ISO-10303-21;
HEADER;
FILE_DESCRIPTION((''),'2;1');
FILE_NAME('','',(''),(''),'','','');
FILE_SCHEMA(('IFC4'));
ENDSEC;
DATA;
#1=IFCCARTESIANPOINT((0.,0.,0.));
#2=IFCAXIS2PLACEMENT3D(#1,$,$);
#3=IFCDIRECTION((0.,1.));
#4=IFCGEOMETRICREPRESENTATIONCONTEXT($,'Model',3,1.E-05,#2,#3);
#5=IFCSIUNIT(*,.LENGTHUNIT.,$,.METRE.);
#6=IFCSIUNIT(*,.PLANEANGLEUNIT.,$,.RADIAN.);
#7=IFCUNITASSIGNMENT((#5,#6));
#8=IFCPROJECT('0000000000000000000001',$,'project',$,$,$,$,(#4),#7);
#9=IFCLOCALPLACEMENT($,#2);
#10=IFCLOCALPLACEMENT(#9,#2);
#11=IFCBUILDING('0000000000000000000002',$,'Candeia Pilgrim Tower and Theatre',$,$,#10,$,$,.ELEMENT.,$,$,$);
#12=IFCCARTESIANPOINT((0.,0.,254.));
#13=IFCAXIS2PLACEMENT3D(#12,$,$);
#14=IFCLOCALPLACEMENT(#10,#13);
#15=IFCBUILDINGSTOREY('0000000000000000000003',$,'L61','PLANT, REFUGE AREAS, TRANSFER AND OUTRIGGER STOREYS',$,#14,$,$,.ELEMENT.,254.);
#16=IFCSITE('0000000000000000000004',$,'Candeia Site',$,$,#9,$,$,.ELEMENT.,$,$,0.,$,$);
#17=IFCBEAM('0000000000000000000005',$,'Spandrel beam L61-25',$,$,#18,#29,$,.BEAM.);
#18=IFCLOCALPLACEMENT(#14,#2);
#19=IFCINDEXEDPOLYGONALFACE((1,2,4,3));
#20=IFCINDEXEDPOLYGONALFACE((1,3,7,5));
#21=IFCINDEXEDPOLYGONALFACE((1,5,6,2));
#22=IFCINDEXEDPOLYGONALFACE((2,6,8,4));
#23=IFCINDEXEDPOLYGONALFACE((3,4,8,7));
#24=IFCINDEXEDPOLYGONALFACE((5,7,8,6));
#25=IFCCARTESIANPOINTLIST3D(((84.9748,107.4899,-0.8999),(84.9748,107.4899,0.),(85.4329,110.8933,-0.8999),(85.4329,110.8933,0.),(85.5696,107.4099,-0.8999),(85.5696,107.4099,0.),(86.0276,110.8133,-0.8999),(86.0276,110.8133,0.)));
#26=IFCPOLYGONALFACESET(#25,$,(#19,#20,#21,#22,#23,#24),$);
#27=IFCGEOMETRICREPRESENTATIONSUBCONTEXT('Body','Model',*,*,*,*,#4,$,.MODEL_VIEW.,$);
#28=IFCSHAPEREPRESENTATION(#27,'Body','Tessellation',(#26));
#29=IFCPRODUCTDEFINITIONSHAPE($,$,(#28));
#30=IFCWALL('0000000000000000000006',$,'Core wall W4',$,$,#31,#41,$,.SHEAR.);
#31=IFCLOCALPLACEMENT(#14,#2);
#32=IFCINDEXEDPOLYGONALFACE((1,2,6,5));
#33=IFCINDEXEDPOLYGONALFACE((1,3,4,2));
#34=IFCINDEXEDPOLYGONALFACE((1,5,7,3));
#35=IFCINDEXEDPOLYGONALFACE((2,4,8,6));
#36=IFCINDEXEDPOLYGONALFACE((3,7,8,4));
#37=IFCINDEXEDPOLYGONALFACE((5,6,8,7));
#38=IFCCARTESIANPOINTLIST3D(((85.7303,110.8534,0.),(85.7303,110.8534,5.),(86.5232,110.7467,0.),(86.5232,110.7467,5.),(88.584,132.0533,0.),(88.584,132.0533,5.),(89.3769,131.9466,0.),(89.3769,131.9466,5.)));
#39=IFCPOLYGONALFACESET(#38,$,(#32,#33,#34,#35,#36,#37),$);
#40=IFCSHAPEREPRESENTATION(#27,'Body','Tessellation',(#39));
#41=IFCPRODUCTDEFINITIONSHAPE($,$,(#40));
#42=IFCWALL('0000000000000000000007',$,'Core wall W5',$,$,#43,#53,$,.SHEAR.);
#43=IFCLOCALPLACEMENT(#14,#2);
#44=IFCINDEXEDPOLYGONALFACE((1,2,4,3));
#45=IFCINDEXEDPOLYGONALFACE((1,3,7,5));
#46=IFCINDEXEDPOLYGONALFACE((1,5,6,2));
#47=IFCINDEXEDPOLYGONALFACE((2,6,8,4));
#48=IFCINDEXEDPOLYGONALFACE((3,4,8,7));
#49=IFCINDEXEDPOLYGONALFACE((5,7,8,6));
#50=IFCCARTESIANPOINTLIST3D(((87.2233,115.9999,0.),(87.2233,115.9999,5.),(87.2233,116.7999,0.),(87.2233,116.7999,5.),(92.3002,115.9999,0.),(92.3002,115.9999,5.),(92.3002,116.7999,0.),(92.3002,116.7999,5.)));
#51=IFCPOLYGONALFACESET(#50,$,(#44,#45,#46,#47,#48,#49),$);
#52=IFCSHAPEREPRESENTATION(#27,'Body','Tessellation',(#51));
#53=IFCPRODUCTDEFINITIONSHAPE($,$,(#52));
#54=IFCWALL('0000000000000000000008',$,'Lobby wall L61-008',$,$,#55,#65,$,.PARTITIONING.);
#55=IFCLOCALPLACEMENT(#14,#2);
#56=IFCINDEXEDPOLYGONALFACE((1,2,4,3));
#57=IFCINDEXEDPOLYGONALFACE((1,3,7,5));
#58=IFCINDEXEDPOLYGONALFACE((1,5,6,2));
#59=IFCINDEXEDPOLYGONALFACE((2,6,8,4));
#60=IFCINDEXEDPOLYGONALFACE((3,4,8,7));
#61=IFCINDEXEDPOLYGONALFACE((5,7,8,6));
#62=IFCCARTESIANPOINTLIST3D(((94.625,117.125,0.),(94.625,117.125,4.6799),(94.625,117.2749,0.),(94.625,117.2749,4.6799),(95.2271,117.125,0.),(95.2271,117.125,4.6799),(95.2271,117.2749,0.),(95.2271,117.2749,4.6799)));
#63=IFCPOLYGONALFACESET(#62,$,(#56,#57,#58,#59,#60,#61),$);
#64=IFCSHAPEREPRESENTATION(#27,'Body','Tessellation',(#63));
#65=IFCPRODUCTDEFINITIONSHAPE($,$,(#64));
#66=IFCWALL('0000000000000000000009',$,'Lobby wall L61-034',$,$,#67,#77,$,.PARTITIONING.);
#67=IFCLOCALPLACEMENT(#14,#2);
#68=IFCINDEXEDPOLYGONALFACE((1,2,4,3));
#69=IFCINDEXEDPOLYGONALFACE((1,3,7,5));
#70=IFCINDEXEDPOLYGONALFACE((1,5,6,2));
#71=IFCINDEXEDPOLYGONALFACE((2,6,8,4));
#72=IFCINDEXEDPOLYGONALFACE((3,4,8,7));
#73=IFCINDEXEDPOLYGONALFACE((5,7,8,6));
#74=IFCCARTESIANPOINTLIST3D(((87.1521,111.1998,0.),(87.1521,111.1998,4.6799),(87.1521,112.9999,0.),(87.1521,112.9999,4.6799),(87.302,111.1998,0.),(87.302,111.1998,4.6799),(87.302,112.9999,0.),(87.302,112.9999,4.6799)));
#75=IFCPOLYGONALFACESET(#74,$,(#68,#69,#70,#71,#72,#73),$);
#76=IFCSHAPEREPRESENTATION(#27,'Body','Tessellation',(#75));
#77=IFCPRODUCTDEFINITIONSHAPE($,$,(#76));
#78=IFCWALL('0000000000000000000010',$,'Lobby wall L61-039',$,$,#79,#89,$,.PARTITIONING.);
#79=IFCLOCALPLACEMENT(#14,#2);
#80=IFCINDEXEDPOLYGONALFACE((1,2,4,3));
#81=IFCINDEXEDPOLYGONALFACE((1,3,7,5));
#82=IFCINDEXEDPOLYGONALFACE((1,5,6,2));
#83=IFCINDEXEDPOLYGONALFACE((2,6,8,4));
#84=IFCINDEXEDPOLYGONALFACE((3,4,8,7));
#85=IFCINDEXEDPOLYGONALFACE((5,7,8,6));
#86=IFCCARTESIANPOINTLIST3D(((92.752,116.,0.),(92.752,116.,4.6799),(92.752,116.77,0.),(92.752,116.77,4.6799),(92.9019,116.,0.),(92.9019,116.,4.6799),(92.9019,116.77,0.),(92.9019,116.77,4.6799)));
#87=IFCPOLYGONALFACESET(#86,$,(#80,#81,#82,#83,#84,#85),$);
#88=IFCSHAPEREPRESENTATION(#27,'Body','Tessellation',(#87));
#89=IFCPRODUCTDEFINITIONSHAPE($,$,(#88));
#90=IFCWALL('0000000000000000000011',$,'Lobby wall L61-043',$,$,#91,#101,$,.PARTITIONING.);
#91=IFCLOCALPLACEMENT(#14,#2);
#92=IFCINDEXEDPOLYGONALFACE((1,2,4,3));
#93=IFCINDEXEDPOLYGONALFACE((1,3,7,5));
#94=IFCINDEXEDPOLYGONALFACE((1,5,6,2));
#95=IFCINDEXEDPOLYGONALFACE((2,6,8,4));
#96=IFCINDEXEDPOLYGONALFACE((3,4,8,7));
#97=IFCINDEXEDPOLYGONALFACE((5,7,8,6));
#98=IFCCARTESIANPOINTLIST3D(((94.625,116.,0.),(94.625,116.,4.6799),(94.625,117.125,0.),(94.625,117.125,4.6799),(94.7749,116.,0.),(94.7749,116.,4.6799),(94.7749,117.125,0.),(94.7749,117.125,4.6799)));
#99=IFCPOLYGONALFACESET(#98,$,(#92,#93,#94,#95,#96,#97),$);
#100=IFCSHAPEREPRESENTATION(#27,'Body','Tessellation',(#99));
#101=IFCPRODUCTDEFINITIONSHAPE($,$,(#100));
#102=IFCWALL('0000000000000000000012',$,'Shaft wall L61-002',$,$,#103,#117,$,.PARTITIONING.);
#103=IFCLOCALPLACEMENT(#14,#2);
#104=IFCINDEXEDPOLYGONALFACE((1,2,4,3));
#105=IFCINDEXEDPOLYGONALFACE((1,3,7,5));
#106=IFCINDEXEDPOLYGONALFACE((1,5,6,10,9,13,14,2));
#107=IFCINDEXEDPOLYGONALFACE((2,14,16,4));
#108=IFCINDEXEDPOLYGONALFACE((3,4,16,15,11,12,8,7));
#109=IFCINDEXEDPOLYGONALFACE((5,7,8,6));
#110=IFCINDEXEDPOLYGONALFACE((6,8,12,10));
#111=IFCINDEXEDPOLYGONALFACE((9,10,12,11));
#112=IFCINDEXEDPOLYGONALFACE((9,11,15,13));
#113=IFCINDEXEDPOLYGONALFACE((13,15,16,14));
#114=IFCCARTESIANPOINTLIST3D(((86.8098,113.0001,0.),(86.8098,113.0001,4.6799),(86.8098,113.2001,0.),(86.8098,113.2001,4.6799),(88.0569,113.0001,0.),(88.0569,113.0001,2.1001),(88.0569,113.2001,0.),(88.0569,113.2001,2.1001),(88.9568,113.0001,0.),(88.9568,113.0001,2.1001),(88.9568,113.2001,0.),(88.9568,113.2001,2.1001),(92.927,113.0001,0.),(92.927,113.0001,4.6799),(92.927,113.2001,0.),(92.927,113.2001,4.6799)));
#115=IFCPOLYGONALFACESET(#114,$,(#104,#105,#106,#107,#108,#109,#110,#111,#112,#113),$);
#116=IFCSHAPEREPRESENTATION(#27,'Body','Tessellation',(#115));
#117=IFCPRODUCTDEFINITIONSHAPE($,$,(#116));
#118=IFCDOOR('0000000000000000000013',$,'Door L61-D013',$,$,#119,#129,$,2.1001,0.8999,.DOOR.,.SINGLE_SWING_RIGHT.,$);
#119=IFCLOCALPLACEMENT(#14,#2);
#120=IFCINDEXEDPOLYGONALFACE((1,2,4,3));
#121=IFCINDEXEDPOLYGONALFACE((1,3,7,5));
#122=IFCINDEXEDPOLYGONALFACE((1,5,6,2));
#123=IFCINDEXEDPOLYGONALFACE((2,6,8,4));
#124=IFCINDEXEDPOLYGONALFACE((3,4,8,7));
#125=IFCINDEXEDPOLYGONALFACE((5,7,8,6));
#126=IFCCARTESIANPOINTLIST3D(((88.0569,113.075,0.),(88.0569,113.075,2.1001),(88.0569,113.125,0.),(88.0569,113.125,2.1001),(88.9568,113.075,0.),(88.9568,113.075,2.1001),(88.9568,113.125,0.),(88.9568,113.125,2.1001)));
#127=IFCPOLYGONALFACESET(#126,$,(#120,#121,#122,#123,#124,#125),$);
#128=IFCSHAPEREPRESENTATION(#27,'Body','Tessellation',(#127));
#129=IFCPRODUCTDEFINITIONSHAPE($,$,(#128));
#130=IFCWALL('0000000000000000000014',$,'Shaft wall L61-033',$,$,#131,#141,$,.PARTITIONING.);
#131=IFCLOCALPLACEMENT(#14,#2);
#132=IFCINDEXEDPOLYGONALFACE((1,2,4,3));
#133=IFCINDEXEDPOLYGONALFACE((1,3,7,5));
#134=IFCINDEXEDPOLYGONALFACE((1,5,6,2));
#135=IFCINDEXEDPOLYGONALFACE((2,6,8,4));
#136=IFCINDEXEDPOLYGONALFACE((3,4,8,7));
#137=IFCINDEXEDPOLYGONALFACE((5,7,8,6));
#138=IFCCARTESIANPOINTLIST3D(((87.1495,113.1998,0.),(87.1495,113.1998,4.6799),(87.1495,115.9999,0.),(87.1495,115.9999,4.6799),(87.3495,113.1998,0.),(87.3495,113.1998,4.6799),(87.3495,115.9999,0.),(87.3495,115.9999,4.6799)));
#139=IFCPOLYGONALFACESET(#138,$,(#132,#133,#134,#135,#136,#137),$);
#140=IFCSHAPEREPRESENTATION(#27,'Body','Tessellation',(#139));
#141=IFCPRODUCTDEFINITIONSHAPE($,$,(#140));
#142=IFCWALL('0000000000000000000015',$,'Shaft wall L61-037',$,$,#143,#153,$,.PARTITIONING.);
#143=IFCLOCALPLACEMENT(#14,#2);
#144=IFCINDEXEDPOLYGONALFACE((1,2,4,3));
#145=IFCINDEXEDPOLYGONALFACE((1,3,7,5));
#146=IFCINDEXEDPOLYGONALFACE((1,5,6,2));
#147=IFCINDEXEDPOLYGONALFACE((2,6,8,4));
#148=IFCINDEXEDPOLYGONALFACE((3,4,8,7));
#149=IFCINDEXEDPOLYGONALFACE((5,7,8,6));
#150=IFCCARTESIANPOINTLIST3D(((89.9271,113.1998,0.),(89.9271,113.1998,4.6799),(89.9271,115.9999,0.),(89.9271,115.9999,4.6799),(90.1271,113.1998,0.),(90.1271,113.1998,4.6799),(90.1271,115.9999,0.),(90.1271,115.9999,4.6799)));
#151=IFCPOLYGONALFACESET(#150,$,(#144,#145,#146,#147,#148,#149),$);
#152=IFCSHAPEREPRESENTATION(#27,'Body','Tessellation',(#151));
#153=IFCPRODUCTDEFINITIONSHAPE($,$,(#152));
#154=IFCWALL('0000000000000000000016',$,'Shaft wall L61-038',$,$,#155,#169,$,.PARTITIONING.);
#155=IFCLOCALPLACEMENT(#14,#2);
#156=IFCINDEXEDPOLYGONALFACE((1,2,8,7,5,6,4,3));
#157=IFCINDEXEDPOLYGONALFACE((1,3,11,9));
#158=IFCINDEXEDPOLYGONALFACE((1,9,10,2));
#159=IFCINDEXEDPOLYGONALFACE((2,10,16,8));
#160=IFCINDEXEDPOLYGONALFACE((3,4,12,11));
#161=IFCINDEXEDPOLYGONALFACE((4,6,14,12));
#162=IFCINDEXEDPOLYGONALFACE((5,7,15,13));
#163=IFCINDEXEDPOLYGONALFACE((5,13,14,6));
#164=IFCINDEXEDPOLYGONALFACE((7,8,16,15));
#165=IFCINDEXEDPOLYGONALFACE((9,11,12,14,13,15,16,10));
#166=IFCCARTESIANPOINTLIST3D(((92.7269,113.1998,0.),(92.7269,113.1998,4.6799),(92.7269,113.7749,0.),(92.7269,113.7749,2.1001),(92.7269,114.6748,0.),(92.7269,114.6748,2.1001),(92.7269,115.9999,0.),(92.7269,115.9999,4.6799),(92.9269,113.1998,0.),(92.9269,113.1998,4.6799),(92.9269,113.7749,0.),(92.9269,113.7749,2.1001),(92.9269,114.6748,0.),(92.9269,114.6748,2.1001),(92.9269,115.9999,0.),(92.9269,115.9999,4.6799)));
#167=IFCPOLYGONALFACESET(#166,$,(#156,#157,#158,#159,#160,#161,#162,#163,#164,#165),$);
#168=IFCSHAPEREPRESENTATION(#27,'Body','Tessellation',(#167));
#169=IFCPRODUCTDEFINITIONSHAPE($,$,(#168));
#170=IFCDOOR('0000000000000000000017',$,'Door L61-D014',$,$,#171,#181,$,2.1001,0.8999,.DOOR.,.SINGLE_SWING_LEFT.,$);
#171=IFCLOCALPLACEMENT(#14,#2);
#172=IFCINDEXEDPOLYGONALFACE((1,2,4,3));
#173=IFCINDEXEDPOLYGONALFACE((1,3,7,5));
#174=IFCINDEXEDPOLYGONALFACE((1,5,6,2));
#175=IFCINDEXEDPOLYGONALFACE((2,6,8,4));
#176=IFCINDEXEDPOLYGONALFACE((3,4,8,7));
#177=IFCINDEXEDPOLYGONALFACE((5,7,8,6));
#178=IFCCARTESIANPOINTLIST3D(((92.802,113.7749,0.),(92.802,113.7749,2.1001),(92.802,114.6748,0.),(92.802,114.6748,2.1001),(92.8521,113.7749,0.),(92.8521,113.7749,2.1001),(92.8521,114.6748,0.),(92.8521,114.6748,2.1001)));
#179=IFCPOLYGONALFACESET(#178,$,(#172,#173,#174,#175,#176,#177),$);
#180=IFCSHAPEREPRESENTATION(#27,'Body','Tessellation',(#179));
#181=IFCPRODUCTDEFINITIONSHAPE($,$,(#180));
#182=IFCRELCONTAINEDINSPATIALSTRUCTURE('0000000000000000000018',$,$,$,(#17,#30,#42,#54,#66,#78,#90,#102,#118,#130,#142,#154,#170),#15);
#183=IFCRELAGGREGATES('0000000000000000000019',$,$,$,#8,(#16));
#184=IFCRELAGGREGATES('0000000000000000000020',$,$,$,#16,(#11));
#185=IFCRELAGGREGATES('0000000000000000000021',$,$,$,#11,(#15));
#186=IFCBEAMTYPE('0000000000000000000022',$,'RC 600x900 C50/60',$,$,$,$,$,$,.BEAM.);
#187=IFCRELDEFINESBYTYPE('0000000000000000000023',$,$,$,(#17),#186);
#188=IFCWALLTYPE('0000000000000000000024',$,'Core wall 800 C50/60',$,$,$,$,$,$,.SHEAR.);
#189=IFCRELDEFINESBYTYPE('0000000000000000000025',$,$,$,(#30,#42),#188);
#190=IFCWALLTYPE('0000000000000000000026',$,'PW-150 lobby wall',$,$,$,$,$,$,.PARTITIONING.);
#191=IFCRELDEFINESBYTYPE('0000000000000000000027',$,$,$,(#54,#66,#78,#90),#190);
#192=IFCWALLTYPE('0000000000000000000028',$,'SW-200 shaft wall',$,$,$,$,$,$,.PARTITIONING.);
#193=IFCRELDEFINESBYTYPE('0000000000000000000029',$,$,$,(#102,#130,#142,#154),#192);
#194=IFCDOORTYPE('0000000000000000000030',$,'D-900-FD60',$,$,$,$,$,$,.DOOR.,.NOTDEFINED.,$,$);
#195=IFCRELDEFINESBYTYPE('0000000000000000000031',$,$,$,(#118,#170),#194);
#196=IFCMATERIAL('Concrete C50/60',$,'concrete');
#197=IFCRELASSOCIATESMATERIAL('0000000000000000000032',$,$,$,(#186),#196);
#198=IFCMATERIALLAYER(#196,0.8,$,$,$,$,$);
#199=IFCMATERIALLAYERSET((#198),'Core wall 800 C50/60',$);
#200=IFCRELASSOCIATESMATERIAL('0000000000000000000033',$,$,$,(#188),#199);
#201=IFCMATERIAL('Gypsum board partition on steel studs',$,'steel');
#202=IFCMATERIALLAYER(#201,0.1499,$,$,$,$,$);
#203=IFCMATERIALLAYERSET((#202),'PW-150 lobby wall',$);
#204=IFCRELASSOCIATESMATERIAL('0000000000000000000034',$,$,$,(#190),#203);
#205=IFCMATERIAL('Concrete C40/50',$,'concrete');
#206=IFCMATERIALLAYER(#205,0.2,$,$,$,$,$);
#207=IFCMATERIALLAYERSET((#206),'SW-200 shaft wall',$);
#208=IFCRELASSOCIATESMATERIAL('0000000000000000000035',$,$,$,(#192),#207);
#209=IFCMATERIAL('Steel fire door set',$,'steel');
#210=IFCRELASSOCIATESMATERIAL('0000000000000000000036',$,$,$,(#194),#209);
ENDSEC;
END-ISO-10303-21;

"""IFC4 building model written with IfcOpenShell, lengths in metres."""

from ifc_helpers import new_model, si_unit, direction, frame, frame_2d, origin, origin_2d, place, context, subcontext, project, spatial, rectangle, extrude, material, layer, layer_set, material_profile, profile_set, type_object, element, fill, save


model = new_model("IFC4")

# Units and contexts
model_context = context("Model", 3, precision=1e-05, world=origin(), true_north=direction((0.0, 1.0)))
body_context = subcontext(model_context, "Body", "Model", "MODEL_VIEW")
ifc_project = project(units=[si_unit("LENGTHUNIT", "METRE"), si_unit("PLANEANGLEUNIT", "RADIAN")], contexts=[model_context])

# Site, building, storey
site_placement = place(None, origin())
site = spatial("IfcSite", under=ifc_project, at=site_placement, Name="Candeia Site", CompositionType="ELEMENT", RefElevation=0.0)
building_placement = place(site_placement, origin())
building = spatial("IfcBuilding", under=site, at=building_placement, Name="Candeia Pilgrim Tower and Theatre", CompositionType="ELEMENT")
storey_placement = place(building_placement, frame((0.0, 0.0, 254.0)))
storey = spatial("IfcBuildingStorey", under=building, at=storey_placement, Name="L61", Description="PLANT, REFUGE AREAS, TRANSFER AND OUTRIGGER STOREYS", CompositionType="ELEMENT", Elevation=254.0)

# Beam
ifc_material_1 = material(Name="Concrete C50/60", Category="concrete")
ifc_material_profile = material_profile(ifc_material_1, rectangle(XDim=0.6001, YDim=0.8999, at=origin_2d()))
ifc_profile_set = profile_set([ifc_material_profile], Name="Concrete C50/60")
beam_type = type_object("IfcBeamType", Name="RC 600x900 C50/60", PredefinedType="BEAM", material=ifc_profile_set)
beam_placement = place(storey_placement, frame((85.7302, 110.8533, -0.45), z_axis=(-0.133374, -0.991066, 0.0), x_axis=(0.991066, -0.133374, 0.0)))
element("IfcBeam", 1, at=beam_placement, inside=storey, type_object=beam_type, Name="Spandrel beam L61-25", PredefinedType="BEAM", context=body_context, shape_type="SweptSolid", body=[
    extrude(rectangle(XDim=0.6001, YDim=0.8999, at=origin_2d()), origin(), (0.0, 0.0, 1.0), 3.4341),
])

# Walls
ifc_layer_1 = layer(ifc_material_1, 0.8)
ifc_layer_set_1 = layer_set([ifc_layer_1], Name="Core wall 800 C50/60")
wall_type_1 = type_object("IfcWallType", Name="Core wall 800 C50/60", PredefinedType="SHEAR", material=ifc_layer_set_1)
wall_1_placement = place(storey_placement, frame((86.1267, 110.8, 0.0), z_axis=(0.0, 0.0, 1.0), x_axis=(0.133408, 0.991061, 0.0)))
element("IfcWall", 2, at=wall_1_placement, inside=storey, type_object=wall_type_1, Name="Core wall W4", PredefinedType="SHEAR", context=body_context, shape_type="SweptSolid", body=[
    extrude(rectangle(XDim=21.3911, YDim=0.8, at=frame_2d((10.6956, 0.0))), origin(), (0.0, 0.0, 1.0), 5.0),
])
wall_2_placement = place(storey_placement, frame((87.2231, 116.3999, 0.0), z_axis=(0.0, 0.0, 1.0), x_axis=(1.0, 0.0, 0.0)))
element("IfcWall", 3, at=wall_2_placement, inside=storey, type_object=wall_type_1, Name="Core wall W5", PredefinedType="SHEAR", context=body_context, shape_type="SweptSolid", body=[
    extrude(rectangle(XDim=5.0769, YDim=0.8, at=frame_2d((2.5386, 0.0))), origin(), (0.0, 0.0, 1.0), 5.0),
])

# Walls
ifc_material_2 = material(Name="Gypsum board partition on steel studs", Category="steel")
ifc_layer_2 = layer(ifc_material_2, 0.1499)
ifc_layer_set_2 = layer_set([ifc_layer_2], Name="PW-150 lobby wall")
wall_type_2 = type_object("IfcWallType", Name="PW-150 lobby wall", PredefinedType="PARTITIONING", material=ifc_layer_set_2)
wall_3_placement = place(storey_placement, frame((94.625, 117.2, 0.0), z_axis=(0.0, 0.0, 1.0), x_axis=(1.0, 0.0, 0.0)))
element("IfcWall", 4, at=wall_3_placement, inside=storey, type_object=wall_type_2, Name="Lobby wall L61-008", PredefinedType="PARTITIONING", context=body_context, shape_type="SweptSolid", body=[
    extrude(rectangle(XDim=0.6021, YDim=0.1499, at=frame_2d((0.301, 0.0))), origin(), (0.0, 0.0, 1.0), 4.6799),
])
wall_4_placement = place(storey_placement, frame((87.2271, 111.2, 0.0), z_axis=(0.0, 0.0, 1.0), x_axis=(0.0, 1.0, 0.0)))
element("IfcWall", 5, at=wall_4_placement, inside=storey, type_object=wall_type_2, Name="Lobby wall L61-034", PredefinedType="PARTITIONING", context=body_context, shape_type="SweptSolid", body=[
    extrude(rectangle(XDim=1.8, YDim=0.1499, at=frame_2d((0.8999, 0.0))), origin(), (0.0, 0.0, 1.0), 4.6799),
])
wall_5_placement = place(storey_placement, frame((92.8269, 116.0, 0.0), z_axis=(0.0, 0.0, 1.0), x_axis=(0.0, 1.0, 0.0)))
element("IfcWall", 6, at=wall_5_placement, inside=storey, type_object=wall_type_2, Name="Lobby wall L61-039", PredefinedType="PARTITIONING", context=body_context, shape_type="SweptSolid", body=[
    extrude(rectangle(XDim=0.77, YDim=0.1499, at=frame_2d((0.385, 0.0))), origin(), (0.0, 0.0, 1.0), 4.6799),
])
wall_6_placement = place(storey_placement, frame((94.7, 116.0, 0.0), z_axis=(0.0, 0.0, 1.0), x_axis=(0.0, 1.0, 0.0)))
element("IfcWall", 7, at=wall_6_placement, inside=storey, type_object=wall_type_2, Name="Lobby wall L61-043", PredefinedType="PARTITIONING", context=body_context, shape_type="SweptSolid", body=[
    extrude(rectangle(XDim=1.125, YDim=0.1499, at=frame_2d((0.5625, 0.0))), origin(), (0.0, 0.0, 1.0), 4.6799),
])

# Wall, opening, door
ifc_material_3 = material(Name="Concrete C40/50", Category="concrete")
ifc_layer_3 = layer(ifc_material_3, 0.2)
ifc_layer_set_3 = layer_set([ifc_layer_3], Name="SW-200 shaft wall")
wall_type_3 = type_object("IfcWallType", Name="SW-200 shaft wall", PredefinedType="PARTITIONING", material=ifc_layer_set_3)
wall_7_placement = place(storey_placement, frame((86.8098, 113.1001, 0.0), z_axis=(0.0, 0.0, 1.0), x_axis=(1.0, 0.0, 0.0)))
wall_7 = element("IfcWall", 8, at=wall_7_placement, inside=storey, type_object=wall_type_3, Name="Shaft wall L61-002", PredefinedType="PARTITIONING", context=body_context, shape_type="SweptSolid", body=[
    extrude(rectangle(XDim=6.1172, YDim=0.2, at=frame_2d((3.0586, 0.0))), origin(), (0.0, 0.0, 1.0), 4.6799),
])
opening_1_placement = place(wall_7_placement, frame((1.2471, 0.0, 0.0)))
opening_1 = element("IfcOpeningElement", 9, at=opening_1_placement, cuts=wall_7, PredefinedType="OPENING", context=body_context, shape_type="SweptSolid", body=[
    extrude(rectangle(XDim=0.8999, YDim=2.1001, at=frame_2d((0.45, 1.05))), frame((0.0, 0.1099, 0.0), z_axis=(0.0, -1.0, 0.0), x_axis=(1.0, 0.0, 0.0)), (0.0, 0.0, 1.0), 0.22),
])
ifc_material_4 = material(Name="Steel fire door set", Category="steel")
door_type_1 = type_object("IfcDoorType", Name="D-900-FD60", OperationType="NOTDEFINED", PredefinedType="DOOR", material=ifc_material_4)
door_1_placement = place(opening_1_placement, origin())
door_1 = element("IfcDoor", 10, at=door_1_placement, inside=storey, type_object=door_type_1, Name="Door L61-D013", OperationType="SINGLE_SWING_RIGHT", OverallHeight=2.1001, OverallWidth=0.8999, PredefinedType="DOOR", context=body_context, shape_type="SweptSolid", body=[
    extrude(rectangle(XDim=0.8999, YDim=2.1001, at=frame_2d((0.45, 1.05))), frame((0.0, 0.0249, 0.0), z_axis=(0.0, -1.0, 0.0), x_axis=(1.0, 0.0, 0.0)), (0.0, 0.0, 1.0), 0.05),
])
fill(opening_1, door_1)

# Walls
for number, where, z_axis, x_axis, name in (
    (11, (87.2495, 113.2, 0.0), (0.0, 0.0, 1.0), (0.0, 1.0, 0.0), "Shaft wall L61-033"),
    (12, (90.0271, 113.2, 0.0), (0.0, 0.0, 1.0), (0.0, 1.0, 0.0), "Shaft wall L61-037"),
):
    element("IfcWall", number, at=place(storey_placement, frame(where, z_axis=z_axis, x_axis=x_axis)), inside=storey, type_object=wall_type_3, Name=name, PredefinedType="PARTITIONING", context=body_context, shape_type="SweptSolid", body=[
        extrude(rectangle(XDim=2.8, YDim=0.2, at=frame_2d((1.3999, 0.0))), origin(), (0.0, 0.0, 1.0), 4.6799),
    ])

# Wall, opening, door
wall_8_placement = place(storey_placement, frame((92.8269, 113.2, 0.0), z_axis=(0.0, 0.0, 1.0), x_axis=(0.0, 1.0, 0.0)))
wall_8 = element("IfcWall", 13, at=wall_8_placement, inside=storey, type_object=wall_type_3, Name="Shaft wall L61-038", PredefinedType="PARTITIONING", context=body_context, shape_type="SweptSolid", body=[
    extrude(rectangle(XDim=2.8, YDim=0.2, at=frame_2d((1.3999, 0.0))), origin(), (0.0, 0.0, 1.0), 4.6799),
])
opening_2_placement = place(wall_8_placement, frame((0.575, 0.0, 0.0)))
opening_2 = element("IfcOpeningElement", 14, at=opening_2_placement, cuts=wall_8, PredefinedType="OPENING", context=body_context, shape_type="SweptSolid", body=[
    extrude(rectangle(XDim=0.8999, YDim=2.1001, at=frame_2d((0.45, 1.05))), frame((0.0, 0.1099, 0.0), z_axis=(0.0, -1.0, 0.0), x_axis=(1.0, 0.0, 0.0)), (0.0, 0.0, 1.0), 0.22),
])
door_2_placement = place(opening_2_placement, origin())
door_2 = element("IfcDoor", 15, at=door_2_placement, inside=storey, type_object=door_type_1, Name="Door L61-D014", OperationType="SINGLE_SWING_LEFT", OverallHeight=2.1001, OverallWidth=0.8999, PredefinedType="DOOR", context=body_context, shape_type="SweptSolid", body=[
    extrude(rectangle(XDim=0.8999, YDim=2.1001, at=frame_2d((0.45, 1.05))), frame((0.0, 0.0249, 0.0), z_axis=(0.0, -1.0, 0.0), x_axis=(1.0, 0.0, 0.0)), (0.0, 0.0, 1.0), 0.05),
])
fill(opening_2, door_2)

save(model, "model.ifc")
